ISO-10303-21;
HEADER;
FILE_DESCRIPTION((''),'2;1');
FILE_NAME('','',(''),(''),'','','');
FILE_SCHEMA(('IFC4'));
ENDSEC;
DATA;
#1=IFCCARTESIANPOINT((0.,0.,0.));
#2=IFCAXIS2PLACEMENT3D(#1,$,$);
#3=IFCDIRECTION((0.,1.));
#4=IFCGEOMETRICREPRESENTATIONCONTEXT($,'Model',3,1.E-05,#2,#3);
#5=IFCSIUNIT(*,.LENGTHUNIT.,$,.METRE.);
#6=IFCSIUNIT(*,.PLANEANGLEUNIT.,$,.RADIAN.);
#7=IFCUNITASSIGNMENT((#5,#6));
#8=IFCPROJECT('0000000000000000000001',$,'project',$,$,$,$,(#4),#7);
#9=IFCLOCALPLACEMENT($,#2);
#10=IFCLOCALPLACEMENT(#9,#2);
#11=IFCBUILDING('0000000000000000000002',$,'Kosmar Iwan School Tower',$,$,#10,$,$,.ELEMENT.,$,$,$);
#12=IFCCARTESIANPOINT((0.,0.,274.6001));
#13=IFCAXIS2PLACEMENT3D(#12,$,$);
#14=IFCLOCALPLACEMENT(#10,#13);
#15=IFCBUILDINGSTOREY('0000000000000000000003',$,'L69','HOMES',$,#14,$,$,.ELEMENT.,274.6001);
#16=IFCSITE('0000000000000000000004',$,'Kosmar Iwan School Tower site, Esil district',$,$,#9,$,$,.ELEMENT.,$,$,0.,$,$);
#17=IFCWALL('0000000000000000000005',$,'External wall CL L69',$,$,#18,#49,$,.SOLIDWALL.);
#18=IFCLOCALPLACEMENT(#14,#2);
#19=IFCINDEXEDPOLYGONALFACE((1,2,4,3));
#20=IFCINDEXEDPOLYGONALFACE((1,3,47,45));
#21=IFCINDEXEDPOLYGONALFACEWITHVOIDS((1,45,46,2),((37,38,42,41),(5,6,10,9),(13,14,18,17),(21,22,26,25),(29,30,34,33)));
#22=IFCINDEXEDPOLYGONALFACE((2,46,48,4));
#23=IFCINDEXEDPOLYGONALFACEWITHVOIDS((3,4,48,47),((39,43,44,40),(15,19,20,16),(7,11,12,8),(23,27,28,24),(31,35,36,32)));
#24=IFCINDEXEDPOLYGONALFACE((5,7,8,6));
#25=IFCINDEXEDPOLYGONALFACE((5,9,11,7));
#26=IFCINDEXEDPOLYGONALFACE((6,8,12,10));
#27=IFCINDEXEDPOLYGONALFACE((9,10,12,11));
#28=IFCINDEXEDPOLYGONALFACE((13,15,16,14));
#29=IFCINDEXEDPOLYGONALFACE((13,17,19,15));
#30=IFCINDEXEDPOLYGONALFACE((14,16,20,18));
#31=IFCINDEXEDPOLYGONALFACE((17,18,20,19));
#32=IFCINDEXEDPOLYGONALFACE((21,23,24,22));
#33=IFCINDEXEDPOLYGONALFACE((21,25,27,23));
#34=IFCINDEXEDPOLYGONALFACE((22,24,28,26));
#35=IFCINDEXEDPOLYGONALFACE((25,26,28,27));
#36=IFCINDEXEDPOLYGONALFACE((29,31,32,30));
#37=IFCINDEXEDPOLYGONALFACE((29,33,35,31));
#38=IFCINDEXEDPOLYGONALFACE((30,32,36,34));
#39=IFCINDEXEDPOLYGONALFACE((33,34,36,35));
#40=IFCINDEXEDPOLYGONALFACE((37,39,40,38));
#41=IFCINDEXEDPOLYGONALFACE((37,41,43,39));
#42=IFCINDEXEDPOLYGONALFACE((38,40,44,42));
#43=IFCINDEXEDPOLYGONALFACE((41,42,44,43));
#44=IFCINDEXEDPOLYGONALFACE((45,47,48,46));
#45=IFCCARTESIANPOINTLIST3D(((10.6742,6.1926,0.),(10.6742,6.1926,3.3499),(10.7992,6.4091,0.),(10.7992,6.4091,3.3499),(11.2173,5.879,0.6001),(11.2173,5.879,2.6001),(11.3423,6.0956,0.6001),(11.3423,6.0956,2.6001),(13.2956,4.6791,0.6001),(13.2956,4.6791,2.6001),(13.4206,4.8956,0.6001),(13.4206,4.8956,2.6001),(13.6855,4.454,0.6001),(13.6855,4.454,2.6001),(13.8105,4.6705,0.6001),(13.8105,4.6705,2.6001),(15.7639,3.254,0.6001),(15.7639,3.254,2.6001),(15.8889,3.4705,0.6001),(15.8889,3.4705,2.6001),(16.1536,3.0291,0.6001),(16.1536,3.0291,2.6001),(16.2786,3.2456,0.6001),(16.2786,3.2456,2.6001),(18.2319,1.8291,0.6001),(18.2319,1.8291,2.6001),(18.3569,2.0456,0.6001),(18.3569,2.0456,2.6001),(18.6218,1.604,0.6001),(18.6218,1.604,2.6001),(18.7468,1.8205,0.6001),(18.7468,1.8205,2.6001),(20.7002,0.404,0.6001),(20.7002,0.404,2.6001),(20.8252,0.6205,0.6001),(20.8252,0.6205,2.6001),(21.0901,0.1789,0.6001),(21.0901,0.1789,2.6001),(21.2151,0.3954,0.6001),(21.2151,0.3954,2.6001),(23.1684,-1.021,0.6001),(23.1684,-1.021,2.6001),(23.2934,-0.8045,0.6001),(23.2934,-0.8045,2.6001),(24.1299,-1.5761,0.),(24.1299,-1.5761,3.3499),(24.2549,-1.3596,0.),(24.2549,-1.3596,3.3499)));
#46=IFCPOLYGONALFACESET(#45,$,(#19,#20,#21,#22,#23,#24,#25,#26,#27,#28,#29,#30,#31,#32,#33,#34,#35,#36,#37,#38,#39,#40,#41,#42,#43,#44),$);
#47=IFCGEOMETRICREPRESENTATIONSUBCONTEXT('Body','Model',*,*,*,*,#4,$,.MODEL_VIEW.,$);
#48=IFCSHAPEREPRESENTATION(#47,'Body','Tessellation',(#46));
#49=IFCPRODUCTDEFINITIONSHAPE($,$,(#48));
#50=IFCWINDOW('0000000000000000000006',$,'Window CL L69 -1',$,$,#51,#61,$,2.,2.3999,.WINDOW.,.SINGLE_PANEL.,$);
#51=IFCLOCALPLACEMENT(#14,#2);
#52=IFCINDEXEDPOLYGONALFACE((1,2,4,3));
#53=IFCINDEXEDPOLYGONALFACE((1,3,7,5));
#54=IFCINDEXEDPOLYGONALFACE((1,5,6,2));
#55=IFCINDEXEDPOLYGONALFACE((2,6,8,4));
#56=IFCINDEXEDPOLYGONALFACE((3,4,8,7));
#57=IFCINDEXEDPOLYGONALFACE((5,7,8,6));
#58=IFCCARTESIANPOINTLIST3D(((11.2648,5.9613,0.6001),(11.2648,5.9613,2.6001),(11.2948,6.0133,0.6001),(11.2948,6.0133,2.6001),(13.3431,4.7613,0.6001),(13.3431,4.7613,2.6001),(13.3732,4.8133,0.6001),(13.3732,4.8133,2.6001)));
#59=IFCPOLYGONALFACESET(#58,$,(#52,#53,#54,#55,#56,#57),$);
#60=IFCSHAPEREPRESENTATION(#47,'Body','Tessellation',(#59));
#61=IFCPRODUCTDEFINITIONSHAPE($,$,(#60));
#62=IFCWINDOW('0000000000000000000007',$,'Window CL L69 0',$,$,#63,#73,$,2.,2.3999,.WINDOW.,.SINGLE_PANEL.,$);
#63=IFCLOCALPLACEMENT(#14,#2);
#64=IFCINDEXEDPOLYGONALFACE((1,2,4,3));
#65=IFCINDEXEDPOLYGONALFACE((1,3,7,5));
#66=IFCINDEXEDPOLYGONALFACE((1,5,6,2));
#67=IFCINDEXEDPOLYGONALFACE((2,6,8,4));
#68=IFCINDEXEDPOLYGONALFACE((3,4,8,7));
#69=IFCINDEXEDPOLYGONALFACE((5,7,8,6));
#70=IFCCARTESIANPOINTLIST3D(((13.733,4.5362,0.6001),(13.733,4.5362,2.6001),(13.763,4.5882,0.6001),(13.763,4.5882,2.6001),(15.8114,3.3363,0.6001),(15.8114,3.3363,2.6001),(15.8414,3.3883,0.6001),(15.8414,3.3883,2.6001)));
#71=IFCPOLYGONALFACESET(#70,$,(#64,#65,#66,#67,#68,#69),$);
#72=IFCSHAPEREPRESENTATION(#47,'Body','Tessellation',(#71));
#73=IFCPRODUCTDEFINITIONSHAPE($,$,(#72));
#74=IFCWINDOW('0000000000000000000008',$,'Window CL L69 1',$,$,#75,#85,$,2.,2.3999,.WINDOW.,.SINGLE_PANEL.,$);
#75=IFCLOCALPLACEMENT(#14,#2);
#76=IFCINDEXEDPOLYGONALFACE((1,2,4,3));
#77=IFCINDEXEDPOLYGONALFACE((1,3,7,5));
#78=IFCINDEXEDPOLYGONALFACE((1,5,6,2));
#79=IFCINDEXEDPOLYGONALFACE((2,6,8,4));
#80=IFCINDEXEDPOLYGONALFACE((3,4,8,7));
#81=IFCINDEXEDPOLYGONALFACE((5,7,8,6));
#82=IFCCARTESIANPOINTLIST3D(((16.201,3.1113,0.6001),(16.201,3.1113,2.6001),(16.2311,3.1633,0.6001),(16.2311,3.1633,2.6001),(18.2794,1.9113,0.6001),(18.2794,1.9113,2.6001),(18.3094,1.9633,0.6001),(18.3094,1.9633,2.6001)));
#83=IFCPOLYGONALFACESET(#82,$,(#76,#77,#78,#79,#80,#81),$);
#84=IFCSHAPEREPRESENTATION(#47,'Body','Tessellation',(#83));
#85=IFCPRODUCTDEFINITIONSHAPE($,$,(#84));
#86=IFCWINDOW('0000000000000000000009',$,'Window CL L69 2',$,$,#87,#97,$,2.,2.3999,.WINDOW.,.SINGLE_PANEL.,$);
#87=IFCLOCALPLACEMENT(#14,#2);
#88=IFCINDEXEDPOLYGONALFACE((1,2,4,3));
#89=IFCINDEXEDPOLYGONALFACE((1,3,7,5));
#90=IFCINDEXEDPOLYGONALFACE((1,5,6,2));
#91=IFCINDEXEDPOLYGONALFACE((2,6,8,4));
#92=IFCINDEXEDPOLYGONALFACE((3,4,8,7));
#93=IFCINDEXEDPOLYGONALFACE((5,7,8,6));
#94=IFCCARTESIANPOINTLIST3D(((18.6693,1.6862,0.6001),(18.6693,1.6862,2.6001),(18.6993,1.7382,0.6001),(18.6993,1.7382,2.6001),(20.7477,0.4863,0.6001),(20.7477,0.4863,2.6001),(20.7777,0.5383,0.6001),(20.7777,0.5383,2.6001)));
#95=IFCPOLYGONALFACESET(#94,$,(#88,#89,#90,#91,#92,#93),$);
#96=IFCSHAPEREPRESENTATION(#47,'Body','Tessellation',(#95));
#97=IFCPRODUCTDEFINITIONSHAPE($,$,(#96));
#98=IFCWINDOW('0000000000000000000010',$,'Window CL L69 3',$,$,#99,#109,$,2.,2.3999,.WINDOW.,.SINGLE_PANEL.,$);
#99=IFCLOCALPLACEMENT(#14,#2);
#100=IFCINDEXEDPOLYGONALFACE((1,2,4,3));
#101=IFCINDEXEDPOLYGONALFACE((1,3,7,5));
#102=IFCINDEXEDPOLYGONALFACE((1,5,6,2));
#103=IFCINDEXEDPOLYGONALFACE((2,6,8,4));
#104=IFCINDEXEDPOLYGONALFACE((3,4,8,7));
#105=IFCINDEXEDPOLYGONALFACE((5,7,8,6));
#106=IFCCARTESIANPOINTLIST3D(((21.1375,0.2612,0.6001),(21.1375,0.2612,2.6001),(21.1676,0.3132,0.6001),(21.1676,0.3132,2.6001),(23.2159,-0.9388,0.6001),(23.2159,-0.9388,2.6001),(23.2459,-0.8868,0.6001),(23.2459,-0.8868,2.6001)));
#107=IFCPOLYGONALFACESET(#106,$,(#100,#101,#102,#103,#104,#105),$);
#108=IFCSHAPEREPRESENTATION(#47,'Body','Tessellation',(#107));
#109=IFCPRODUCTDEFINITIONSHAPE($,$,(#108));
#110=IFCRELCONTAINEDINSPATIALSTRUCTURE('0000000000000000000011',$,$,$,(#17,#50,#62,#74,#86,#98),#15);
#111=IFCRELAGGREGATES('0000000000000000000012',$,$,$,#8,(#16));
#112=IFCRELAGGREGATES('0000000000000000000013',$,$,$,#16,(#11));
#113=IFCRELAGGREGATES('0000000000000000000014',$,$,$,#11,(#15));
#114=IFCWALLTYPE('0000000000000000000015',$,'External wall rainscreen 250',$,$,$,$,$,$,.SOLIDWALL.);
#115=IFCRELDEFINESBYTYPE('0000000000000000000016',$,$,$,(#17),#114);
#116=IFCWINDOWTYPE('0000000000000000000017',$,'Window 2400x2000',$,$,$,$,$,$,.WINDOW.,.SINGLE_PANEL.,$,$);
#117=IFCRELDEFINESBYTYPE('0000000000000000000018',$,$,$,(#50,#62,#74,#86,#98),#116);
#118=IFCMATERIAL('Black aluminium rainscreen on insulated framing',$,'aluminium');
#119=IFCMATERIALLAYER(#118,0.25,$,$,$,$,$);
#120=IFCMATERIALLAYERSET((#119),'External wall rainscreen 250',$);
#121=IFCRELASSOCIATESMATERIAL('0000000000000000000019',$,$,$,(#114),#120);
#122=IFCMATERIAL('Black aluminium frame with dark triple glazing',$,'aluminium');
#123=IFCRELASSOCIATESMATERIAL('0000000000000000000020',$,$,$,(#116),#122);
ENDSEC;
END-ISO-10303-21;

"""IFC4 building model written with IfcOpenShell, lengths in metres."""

from ifc_helpers import new_model, si_unit, direction, frame, frame_2d, origin, place, context, subcontext, project, spatial, rectangle, extrude, material, layer, layer_set, type_object, element, fill, save


model = new_model("IFC4")

# Units and contexts
model_context = context("Model", 3, precision=1e-05, world=origin(), true_north=direction((0.0, 1.0)))
body_context = subcontext(model_context, "Body", "Model", "MODEL_VIEW")
ifc_project = project(units=[si_unit("LENGTHUNIT", "METRE"), si_unit("PLANEANGLEUNIT", "RADIAN")], contexts=[model_context])

# Site, building, storey
site_placement = place(None, origin())
site = spatial("IfcSite", under=ifc_project, at=site_placement, Name="Kosmar Iwan School Tower site, Esil district", CompositionType="ELEMENT", RefElevation=0.0)
building_placement = place(site_placement, origin())
building = spatial("IfcBuilding", under=site, at=building_placement, Name="Kosmar Iwan School Tower", CompositionType="ELEMENT")
storey_placement = place(building_placement, frame((0.0, 0.0, 274.6001)))
storey = spatial("IfcBuildingStorey", under=building, at=storey_placement, Name="L69", Description="HOMES", CompositionType="ELEMENT", Elevation=274.6001)

# Wall, openings, windows
ifc_material_1 = material(Name="Black aluminium rainscreen on insulated framing", Category="aluminium")
ifc_layer_1 = layer(ifc_material_1, 0.25)
ifc_layer_set_1 = layer_set([ifc_layer_1], Name="External wall rainscreen 250")
wall_type_1 = type_object("IfcWallType", Name="External wall rainscreen 250", PredefinedType="SOLIDWALL", material=ifc_layer_set_1)
wall_1_placement = place(storey_placement, frame((10.7368, 6.3008, 0.0), z_axis=(0.0, 0.0, 1.0), x_axis=(0.866023, -0.500004, 0.0)))
wall_1 = element("IfcWall", 1, at=wall_1_placement, inside=storey, type_object=wall_type_1, Name="External wall CL L69", PredefinedType="SOLIDWALL", context=body_context, shape_type="SweptSolid", body=[
    extrude(rectangle(XDim=15.5374, YDim=0.25, at=frame_2d((7.7686, 0.0))), origin(), (0.0, 0.0, 1.0), 3.3499),
])
opening_1_placement = place(wall_1_placement, frame((0.627, 0.0, 0.6001)))
opening_1 = element("IfcOpeningElement", 2, at=opening_1_placement, cuts=wall_1, PredefinedType="OPENING", context=body_context, shape_type="SweptSolid", body=[
    extrude(rectangle(XDim=2.3999, YDim=2.0, at=frame_2d((1.2, 1.0))), frame((0.0, 0.137, 0.0), z_axis=(0.0, -1.0, 0.0), x_axis=(1.0, 0.0, 0.0)), (0.0, 0.0, 1.0), 0.2739),
])
opening_2_placement = place(wall_1_placement, frame((3.4771, 0.0, 0.6001)))
opening_2 = element("IfcOpeningElement", 3, at=opening_2_placement, cuts=wall_1, PredefinedType="OPENING", context=body_context, shape_type="SweptSolid", body=[
    extrude(rectangle(XDim=2.3999, YDim=2.0, at=frame_2d((1.2, 1.0))), frame((0.0, 0.137, 0.0), z_axis=(0.0, -1.0, 0.0), x_axis=(1.0, 0.0, 0.0)), (0.0, 0.0, 1.0), 0.2739),
])
opening_3_placement = place(wall_1_placement, frame((6.3269, 0.0, 0.6001)))
opening_3 = element("IfcOpeningElement", 4, at=opening_3_placement, cuts=wall_1, PredefinedType="OPENING", context=body_context, shape_type="SweptSolid", body=[
    extrude(rectangle(XDim=2.3999, YDim=2.0, at=frame_2d((1.2, 1.0))), frame((0.0, 0.137, 0.0), z_axis=(0.0, -1.0, 0.0), x_axis=(1.0, 0.0, 0.0)), (0.0, 0.0, 1.0), 0.2739),
])
opening_4_placement = place(wall_1_placement, frame((9.177, 0.0, 0.6001)))
opening_4 = element("IfcOpeningElement", 5, at=opening_4_placement, cuts=wall_1, PredefinedType="OPENING", context=body_context, shape_type="SweptSolid", body=[
    extrude(rectangle(XDim=2.3999, YDim=2.0, at=frame_2d((1.2, 1.0))), frame((0.0, 0.137, 0.0), z_axis=(0.0, -1.0, 0.0), x_axis=(1.0, 0.0, 0.0)), (0.0, 0.0, 1.0), 0.2739),
])
opening_5_placement = place(wall_1_placement, frame((12.0271, 0.0, 0.6001)))
opening_5 = element("IfcOpeningElement", 6, at=opening_5_placement, cuts=wall_1, PredefinedType="OPENING", context=body_context, shape_type="SweptSolid", body=[
    extrude(rectangle(XDim=2.3999, YDim=2.0, at=frame_2d((1.2, 1.0))), frame((0.0, 0.137, 0.0), z_axis=(0.0, -1.0, 0.0), x_axis=(1.0, 0.0, 0.0)), (0.0, 0.0, 1.0), 0.2739),
])
ifc_material_2 = material(Name="Black aluminium frame with dark triple glazing", Category="aluminium")
window_type = type_object("IfcWindowType", Name="Window 2400x2000", PartitioningType="SINGLE_PANEL", PredefinedType="WINDOW", material=ifc_material_2)
window_1_placement = place(opening_1_placement, origin())
window_1 = element("IfcWindow", 7, at=window_1_placement, inside=storey, type_object=window_type, Name="Window CL L69 -1", OverallHeight=2.0, OverallWidth=2.3999, PartitioningType="SINGLE_PANEL", PredefinedType="WINDOW", context=body_context, shape_type="SweptSolid", body=[
    extrude(rectangle(XDim=2.3999, YDim=2.0, at=frame_2d((1.2, 1.0))), frame((0.0, 0.03, 0.0), z_axis=(0.0, -1.0, 0.0), x_axis=(1.0, 0.0, 0.0)), (0.0, 0.0, 1.0), 0.0601),
])
fill(opening_1, window_1)
window_2_placement = place(opening_2_placement, origin())
window_2 = element("IfcWindow", 8, at=window_2_placement, inside=storey, type_object=window_type, Name="Window CL L69 0", OverallHeight=2.0, OverallWidth=2.3999, PartitioningType="SINGLE_PANEL", PredefinedType="WINDOW", context=body_context, shape_type="SweptSolid", body=[
    extrude(rectangle(XDim=2.3999, YDim=2.0, at=frame_2d((1.2, 1.0))), frame((0.0, 0.03, 0.0), z_axis=(0.0, -1.0, 0.0), x_axis=(1.0, 0.0, 0.0)), (0.0, 0.0, 1.0), 0.0601),
])
fill(opening_2, window_2)
window_3_placement = place(opening_3_placement, origin())
window_3 = element("IfcWindow", 9, at=window_3_placement, inside=storey, type_object=window_type, Name="Window CL L69 1", OverallHeight=2.0, OverallWidth=2.3999, PartitioningType="SINGLE_PANEL", PredefinedType="WINDOW", context=body_context, shape_type="SweptSolid", body=[
    extrude(rectangle(XDim=2.3999, YDim=2.0, at=frame_2d((1.2, 1.0))), frame((0.0, 0.03, 0.0), z_axis=(0.0, -1.0, 0.0), x_axis=(1.0, 0.0, 0.0)), (0.0, 0.0, 1.0), 0.0601),
])
fill(opening_3, window_3)
window_4_placement = place(opening_4_placement, origin())
window_4 = element("IfcWindow", 10, at=window_4_placement, inside=storey, type_object=window_type, Name="Window CL L69 2", OverallHeight=2.0, OverallWidth=2.3999, PartitioningType="SINGLE_PANEL", PredefinedType="WINDOW", context=body_context, shape_type="SweptSolid", body=[
    extrude(rectangle(XDim=2.3999, YDim=2.0, at=frame_2d((1.2, 1.0))), frame((0.0, 0.03, 0.0), z_axis=(0.0, -1.0, 0.0), x_axis=(1.0, 0.0, 0.0)), (0.0, 0.0, 1.0), 0.0601),
])
fill(opening_4, window_4)
window_5_placement = place(opening_5_placement, origin())
window_5 = element("IfcWindow", 11, at=window_5_placement, inside=storey, type_object=window_type, Name="Window CL L69 3", OverallHeight=2.0, OverallWidth=2.3999, PartitioningType="SINGLE_PANEL", PredefinedType="WINDOW", context=body_context, shape_type="SweptSolid", body=[
    extrude(rectangle(XDim=2.3999, YDim=2.0, at=frame_2d((1.2, 1.0))), frame((0.0, 0.03, 0.0), z_axis=(0.0, -1.0, 0.0), x_axis=(1.0, 0.0, 0.0)), (0.0, 0.0, 1.0), 0.0601),
])
fill(opening_5, window_5)

save(model, "model.ifc")
